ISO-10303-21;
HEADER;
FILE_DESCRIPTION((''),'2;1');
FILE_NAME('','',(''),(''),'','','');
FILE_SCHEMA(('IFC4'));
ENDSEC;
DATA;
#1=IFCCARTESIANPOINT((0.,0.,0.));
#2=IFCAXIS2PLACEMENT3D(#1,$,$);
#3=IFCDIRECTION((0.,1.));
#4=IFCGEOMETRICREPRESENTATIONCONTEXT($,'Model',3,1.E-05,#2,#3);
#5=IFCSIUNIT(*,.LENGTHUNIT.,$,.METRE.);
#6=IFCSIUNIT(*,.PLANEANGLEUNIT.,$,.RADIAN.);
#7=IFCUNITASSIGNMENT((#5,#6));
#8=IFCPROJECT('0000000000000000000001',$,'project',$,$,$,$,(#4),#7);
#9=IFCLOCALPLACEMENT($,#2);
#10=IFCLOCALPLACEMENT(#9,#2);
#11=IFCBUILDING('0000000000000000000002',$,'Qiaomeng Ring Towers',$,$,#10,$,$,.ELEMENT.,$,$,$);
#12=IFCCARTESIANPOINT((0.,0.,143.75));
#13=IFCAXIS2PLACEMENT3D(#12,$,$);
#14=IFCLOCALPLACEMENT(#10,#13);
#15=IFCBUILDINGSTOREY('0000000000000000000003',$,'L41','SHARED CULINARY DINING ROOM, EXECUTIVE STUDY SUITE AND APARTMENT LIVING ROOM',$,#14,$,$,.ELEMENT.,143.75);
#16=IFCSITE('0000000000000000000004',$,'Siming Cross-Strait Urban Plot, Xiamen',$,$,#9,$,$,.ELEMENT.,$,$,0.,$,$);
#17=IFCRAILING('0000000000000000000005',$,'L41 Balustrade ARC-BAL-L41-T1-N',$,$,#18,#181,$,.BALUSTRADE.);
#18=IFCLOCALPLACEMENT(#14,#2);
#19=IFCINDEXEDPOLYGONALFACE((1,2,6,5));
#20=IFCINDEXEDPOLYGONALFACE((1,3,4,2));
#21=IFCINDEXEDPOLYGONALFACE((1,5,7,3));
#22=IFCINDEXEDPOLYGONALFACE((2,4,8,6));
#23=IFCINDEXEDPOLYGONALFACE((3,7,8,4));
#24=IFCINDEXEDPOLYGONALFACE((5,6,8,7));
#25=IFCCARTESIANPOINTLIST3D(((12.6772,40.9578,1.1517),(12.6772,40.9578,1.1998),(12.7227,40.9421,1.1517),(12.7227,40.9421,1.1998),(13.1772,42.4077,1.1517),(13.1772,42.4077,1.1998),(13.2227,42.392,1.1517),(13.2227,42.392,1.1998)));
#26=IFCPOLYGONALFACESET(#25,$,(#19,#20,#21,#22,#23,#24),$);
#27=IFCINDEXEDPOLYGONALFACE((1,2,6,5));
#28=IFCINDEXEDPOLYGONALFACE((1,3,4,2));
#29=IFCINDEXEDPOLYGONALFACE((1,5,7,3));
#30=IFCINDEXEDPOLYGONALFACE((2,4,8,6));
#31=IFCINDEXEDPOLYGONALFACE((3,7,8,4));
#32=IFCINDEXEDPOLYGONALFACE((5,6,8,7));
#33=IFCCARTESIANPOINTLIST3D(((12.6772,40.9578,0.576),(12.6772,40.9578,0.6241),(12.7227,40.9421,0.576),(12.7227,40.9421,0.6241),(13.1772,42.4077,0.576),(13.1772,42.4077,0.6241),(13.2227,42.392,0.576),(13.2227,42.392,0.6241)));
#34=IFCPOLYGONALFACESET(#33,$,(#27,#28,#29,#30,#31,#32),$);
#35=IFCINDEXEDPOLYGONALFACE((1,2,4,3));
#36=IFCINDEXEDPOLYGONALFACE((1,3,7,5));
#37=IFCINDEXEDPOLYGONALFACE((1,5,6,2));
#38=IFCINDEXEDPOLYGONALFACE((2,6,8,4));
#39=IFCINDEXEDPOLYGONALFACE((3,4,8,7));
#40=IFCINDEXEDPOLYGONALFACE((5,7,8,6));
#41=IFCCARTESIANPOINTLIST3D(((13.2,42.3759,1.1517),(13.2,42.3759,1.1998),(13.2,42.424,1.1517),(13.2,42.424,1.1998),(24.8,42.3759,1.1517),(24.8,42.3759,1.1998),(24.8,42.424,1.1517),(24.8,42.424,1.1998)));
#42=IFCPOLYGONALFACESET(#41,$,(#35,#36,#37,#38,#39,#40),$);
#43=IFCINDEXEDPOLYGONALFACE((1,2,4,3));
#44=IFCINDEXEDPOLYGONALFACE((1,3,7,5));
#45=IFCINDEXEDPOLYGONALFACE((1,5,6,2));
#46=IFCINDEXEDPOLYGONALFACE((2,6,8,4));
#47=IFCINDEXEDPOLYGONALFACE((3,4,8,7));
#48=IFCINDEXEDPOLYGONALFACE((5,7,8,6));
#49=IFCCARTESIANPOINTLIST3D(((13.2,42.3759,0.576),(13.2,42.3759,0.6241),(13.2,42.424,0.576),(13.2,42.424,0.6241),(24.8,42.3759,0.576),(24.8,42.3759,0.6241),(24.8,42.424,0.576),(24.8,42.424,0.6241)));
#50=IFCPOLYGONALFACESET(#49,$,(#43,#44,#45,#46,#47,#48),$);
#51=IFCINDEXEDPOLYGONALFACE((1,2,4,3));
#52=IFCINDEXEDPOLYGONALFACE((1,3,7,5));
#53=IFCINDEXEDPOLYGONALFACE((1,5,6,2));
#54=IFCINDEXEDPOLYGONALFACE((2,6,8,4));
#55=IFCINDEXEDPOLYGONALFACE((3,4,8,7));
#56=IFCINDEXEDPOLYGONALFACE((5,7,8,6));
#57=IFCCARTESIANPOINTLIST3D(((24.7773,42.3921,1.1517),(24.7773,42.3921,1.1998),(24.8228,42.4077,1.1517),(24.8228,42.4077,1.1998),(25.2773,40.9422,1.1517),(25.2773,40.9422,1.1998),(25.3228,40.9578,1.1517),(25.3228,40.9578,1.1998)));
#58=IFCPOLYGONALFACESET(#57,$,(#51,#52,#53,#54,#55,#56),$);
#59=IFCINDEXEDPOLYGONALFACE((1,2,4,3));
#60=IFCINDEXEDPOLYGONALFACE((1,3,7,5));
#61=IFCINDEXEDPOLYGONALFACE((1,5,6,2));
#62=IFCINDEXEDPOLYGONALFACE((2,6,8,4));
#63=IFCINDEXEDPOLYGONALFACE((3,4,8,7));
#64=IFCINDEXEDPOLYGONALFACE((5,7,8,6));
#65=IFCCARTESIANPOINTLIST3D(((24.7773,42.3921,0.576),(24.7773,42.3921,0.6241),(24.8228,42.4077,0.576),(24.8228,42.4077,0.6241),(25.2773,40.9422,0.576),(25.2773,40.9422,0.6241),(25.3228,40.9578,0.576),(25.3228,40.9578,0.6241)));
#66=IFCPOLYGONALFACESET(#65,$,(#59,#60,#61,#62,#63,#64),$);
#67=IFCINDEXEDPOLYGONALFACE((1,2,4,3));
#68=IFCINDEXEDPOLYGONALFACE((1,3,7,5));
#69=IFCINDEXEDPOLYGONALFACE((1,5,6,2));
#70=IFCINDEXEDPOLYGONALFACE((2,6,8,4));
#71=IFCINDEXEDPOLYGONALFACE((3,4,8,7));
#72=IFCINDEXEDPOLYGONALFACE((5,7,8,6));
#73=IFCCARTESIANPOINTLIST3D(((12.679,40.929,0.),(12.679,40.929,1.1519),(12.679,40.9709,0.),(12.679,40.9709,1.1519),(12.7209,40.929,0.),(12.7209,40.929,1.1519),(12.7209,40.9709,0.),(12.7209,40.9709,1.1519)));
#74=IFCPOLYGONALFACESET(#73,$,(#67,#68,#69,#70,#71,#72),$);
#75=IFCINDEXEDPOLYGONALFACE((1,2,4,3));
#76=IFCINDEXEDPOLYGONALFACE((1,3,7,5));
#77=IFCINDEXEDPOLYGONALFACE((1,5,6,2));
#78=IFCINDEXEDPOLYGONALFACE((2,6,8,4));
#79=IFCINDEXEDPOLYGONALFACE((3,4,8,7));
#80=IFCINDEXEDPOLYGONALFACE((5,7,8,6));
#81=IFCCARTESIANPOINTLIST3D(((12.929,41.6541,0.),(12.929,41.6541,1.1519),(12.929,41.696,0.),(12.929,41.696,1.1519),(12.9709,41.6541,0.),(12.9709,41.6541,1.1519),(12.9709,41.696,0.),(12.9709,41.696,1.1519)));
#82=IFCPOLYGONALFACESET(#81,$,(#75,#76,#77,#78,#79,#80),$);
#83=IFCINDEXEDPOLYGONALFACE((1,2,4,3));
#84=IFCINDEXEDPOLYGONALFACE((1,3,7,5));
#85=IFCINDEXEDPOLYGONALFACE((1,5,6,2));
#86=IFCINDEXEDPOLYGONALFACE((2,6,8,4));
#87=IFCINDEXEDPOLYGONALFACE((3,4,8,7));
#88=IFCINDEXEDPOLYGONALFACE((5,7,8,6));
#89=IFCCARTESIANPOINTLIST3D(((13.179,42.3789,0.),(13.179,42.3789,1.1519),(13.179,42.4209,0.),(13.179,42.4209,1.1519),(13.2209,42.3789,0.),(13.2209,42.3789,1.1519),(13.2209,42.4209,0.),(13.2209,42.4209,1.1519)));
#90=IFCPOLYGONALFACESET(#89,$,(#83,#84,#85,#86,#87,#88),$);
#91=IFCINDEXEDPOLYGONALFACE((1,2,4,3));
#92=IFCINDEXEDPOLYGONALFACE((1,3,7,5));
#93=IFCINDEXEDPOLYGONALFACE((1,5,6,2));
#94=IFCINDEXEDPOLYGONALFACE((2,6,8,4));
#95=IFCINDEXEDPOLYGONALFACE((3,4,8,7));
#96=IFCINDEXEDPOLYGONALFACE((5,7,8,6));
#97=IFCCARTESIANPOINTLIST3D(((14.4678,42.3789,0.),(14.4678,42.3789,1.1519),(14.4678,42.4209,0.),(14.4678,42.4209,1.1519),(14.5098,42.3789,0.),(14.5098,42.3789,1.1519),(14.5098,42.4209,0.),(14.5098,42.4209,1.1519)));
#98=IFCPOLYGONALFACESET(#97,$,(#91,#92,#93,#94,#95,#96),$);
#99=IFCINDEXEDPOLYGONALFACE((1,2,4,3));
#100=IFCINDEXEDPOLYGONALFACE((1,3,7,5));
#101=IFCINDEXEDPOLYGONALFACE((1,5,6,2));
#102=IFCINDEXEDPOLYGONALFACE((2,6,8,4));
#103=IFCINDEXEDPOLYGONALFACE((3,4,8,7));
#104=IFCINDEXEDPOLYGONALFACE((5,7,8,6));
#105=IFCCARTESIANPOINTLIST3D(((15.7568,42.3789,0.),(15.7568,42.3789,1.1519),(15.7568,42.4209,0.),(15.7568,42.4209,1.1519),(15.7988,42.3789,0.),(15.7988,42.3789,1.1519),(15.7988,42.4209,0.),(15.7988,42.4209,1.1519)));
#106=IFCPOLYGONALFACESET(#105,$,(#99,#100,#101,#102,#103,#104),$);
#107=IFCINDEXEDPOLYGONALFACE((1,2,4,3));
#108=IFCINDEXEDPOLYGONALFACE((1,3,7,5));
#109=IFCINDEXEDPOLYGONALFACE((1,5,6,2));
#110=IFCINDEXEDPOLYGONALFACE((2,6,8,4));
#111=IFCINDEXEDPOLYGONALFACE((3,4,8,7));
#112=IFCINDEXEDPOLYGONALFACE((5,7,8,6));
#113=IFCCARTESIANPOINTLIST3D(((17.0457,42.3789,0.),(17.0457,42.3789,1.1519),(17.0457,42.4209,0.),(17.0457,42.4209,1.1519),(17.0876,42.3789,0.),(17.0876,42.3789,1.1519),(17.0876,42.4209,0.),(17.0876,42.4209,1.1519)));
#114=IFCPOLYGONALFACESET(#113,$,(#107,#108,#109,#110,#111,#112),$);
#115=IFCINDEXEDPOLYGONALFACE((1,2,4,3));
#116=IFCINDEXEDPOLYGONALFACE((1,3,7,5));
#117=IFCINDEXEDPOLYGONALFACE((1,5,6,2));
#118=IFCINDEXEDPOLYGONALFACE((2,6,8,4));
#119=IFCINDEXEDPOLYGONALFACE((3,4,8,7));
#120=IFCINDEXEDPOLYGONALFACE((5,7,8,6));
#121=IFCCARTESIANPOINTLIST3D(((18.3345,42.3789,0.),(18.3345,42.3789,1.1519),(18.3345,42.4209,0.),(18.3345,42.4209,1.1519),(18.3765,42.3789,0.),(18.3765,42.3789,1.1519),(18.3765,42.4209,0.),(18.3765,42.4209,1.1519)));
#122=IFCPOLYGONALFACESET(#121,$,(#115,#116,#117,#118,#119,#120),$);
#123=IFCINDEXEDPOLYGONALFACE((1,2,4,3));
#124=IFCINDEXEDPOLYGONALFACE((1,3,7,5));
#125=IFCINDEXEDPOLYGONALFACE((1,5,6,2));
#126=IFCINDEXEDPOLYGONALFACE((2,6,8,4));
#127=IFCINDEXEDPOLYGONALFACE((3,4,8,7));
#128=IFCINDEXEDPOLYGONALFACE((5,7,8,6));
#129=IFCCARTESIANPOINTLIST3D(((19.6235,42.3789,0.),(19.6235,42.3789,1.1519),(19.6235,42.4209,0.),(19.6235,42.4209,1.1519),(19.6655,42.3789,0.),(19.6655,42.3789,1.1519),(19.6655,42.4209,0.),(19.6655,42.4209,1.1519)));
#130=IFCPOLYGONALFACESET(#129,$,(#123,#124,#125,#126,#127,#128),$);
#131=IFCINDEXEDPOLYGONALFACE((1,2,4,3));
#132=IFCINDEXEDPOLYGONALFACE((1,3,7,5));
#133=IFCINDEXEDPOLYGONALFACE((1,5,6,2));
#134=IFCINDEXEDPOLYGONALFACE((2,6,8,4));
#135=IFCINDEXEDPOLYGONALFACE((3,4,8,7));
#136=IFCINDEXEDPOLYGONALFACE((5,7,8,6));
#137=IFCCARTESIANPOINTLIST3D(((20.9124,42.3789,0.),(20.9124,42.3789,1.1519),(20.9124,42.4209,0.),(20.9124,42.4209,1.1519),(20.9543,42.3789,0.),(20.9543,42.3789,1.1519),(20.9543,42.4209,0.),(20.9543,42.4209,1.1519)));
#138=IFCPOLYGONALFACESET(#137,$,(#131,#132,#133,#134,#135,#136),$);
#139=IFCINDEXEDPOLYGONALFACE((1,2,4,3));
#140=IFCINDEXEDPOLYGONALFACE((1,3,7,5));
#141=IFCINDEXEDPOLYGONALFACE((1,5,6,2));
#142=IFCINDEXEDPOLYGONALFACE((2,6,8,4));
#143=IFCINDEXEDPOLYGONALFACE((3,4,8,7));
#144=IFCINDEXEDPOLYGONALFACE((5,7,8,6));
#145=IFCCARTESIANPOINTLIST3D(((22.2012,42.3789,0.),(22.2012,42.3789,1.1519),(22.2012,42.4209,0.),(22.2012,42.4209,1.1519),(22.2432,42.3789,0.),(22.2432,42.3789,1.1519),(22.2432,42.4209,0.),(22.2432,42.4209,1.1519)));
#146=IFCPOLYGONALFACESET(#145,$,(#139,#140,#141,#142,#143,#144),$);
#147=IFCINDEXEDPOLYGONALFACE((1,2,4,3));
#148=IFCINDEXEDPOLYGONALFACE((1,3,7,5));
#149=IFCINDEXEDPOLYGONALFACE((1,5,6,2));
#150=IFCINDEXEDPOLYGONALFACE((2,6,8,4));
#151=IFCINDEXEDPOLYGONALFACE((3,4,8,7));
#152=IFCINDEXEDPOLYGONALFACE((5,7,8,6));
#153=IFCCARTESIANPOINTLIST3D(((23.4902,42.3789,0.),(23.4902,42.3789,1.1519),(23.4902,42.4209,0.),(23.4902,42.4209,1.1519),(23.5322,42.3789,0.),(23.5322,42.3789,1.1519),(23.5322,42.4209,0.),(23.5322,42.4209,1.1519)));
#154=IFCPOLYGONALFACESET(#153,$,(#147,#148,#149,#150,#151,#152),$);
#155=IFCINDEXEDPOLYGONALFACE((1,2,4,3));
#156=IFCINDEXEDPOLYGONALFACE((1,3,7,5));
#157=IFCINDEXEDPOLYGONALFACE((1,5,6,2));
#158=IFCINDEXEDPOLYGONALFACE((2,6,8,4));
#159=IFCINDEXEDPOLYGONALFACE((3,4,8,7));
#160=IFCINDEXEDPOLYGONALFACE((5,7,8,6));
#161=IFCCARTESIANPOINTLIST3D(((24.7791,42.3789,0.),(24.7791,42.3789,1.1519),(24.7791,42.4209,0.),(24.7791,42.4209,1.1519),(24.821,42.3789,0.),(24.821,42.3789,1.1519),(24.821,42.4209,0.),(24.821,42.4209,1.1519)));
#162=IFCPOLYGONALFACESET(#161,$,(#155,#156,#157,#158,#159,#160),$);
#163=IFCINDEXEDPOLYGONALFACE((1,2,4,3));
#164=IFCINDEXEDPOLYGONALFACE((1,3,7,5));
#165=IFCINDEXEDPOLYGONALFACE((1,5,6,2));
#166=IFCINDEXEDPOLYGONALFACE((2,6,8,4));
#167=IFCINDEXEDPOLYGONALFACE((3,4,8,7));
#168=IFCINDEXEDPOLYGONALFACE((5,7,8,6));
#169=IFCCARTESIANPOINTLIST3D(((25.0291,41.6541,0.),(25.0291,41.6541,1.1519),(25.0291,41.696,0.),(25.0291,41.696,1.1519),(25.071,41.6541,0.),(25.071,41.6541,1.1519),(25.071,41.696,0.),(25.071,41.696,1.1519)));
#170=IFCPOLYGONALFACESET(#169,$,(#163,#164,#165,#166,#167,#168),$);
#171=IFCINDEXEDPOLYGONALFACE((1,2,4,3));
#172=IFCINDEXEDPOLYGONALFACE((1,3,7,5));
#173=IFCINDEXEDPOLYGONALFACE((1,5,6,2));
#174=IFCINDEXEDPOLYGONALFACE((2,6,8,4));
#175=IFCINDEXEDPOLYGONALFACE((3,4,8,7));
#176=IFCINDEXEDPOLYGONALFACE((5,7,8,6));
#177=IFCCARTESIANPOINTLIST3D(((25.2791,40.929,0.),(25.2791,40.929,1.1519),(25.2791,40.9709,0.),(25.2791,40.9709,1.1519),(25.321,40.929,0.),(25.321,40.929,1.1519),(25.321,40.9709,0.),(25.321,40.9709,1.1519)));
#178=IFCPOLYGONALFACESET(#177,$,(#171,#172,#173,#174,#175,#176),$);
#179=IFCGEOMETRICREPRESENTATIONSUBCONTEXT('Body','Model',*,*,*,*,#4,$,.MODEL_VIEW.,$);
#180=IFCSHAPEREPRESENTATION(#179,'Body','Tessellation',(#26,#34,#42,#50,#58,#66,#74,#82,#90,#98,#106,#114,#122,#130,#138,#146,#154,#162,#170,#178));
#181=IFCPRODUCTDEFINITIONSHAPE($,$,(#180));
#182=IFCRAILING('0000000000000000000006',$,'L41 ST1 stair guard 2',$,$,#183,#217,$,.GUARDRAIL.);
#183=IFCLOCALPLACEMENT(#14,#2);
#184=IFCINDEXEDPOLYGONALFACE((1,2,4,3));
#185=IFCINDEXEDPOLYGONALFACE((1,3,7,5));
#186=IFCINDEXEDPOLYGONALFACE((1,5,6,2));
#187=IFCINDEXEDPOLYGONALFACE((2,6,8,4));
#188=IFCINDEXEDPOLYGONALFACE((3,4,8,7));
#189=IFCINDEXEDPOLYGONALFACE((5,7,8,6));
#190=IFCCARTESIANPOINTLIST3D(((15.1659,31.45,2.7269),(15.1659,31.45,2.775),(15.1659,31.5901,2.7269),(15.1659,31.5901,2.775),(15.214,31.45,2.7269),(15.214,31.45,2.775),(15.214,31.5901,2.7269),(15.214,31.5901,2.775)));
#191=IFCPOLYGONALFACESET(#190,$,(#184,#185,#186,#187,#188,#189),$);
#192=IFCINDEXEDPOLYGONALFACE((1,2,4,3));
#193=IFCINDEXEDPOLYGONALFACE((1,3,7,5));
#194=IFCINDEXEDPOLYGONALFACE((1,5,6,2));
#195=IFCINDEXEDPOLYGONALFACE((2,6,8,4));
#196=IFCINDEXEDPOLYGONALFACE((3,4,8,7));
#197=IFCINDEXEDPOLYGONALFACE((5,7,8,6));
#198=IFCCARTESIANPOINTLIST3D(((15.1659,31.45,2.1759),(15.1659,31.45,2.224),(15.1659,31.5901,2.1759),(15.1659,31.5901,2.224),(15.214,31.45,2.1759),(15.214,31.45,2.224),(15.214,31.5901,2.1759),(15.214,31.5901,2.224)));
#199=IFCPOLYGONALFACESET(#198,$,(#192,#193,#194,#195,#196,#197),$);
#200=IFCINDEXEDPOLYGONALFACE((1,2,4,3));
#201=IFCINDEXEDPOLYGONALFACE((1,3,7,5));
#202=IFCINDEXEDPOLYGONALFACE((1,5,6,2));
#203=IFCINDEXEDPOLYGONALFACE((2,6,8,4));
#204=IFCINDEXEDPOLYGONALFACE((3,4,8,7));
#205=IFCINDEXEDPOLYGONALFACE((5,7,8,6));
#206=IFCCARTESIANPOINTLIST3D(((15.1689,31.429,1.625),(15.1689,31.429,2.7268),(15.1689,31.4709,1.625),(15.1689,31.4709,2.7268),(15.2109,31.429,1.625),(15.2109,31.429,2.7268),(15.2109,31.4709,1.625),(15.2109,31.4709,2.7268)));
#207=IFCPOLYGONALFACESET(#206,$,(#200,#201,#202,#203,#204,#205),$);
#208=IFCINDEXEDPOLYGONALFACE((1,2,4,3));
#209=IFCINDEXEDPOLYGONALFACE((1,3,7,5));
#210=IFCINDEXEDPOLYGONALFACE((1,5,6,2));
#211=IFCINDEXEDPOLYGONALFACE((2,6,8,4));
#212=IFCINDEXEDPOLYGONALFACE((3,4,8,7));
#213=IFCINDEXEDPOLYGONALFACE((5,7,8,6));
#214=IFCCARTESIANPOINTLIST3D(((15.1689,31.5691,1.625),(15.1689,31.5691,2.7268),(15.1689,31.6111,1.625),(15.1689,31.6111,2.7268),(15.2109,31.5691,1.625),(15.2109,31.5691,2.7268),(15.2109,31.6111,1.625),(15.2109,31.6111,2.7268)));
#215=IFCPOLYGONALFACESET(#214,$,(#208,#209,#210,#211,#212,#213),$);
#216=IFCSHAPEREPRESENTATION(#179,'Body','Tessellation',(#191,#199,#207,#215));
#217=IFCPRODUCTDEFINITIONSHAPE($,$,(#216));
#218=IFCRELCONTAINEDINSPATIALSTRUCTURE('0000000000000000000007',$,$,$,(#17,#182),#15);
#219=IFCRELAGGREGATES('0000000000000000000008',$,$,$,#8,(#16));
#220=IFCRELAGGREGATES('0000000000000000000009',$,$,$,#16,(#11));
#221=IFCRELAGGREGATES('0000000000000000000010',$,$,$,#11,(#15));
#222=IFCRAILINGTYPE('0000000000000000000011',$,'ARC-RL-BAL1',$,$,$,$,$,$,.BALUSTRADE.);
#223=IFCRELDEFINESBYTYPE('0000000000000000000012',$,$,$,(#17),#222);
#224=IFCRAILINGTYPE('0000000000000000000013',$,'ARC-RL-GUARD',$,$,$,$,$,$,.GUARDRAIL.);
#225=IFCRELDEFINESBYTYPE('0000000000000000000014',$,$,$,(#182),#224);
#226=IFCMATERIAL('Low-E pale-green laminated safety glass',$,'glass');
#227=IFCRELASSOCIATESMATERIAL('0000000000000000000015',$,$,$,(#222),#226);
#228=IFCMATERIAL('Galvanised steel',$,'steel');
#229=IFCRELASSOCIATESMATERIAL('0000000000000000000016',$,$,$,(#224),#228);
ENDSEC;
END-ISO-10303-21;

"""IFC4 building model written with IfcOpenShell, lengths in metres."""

from ifc_helpers import new_model, si_unit, direction, frame, origin, origin_2d, place, context, subcontext, project, spatial, rectangle, extrude, material, type_object, element, save


model = new_model("IFC4")

# Units and contexts
model_context = context("Model", 3, precision=1e-05, world=origin(), true_north=direction((0.0, 1.0)))
body_context = subcontext(model_context, "Body", "Model", "MODEL_VIEW")
ifc_project = project(units=[si_unit("LENGTHUNIT", "METRE"), si_unit("PLANEANGLEUNIT", "RADIAN")], contexts=[model_context])

# Site, building, storey
site_placement = place(None, origin())
site = spatial("IfcSite", under=ifc_project, at=site_placement, Name="Siming Cross-Strait Urban Plot, Xiamen", CompositionType="ELEMENT", RefElevation=0.0)
building_placement = place(site_placement, origin())
building = spatial("IfcBuilding", under=site, at=building_placement, Name="Qiaomeng Ring Towers", CompositionType="ELEMENT")
storey_placement = place(building_placement, frame((0.0, 0.0, 143.75)))
storey = spatial("IfcBuildingStorey", under=building, at=storey_placement, Name="L41", Description="SHARED CULINARY DINING ROOM, EXECUTIVE STUDY SUITE AND APARTMENT LIVING ROOM", CompositionType="ELEMENT", Elevation=143.75)

# Shared definitions
ifc_material_1 = material(Name="Galvanised steel", Category="steel")

# Railings
ifc_material_2 = material(Name="Low-E pale-green laminated safety glass", Category="glass")
railing_type_1 = type_object("IfcRailingType", Name="ARC-RL-BAL1", PredefinedType="BALUSTRADE", material=ifc_material_2)
railing_1_placement = place(storey_placement, frame((12.7, 40.95, 0.0)))
element("IfcRailing", 1, at=railing_1_placement, inside=storey, type_object=railing_type_1, Name="L41 Balustrade ARC-BAL-L41-T1-N", PredefinedType="BALUSTRADE", context=body_context, shape_type="SweptSolid", body=[
    extrude(rectangle(XDim=0.0481, YDim=0.0481, at=origin_2d()), frame((0.0, 0.0, 1.1758), z_axis=(0.326, 0.94537, 0.0), x_axis=(-0.94537, 0.326, 0.0)), (0.0, 0.0, 1.0), 1.5337),
    extrude(rectangle(XDim=0.0481, YDim=0.0481, at=origin_2d()), frame((0.0, 0.0, 0.6001), z_axis=(0.326, 0.94537, 0.0), x_axis=(-0.94537, 0.326, 0.0)), (0.0, 0.0, 1.0), 1.5337),
    extrude(rectangle(XDim=0.0481, YDim=0.0481, at=origin_2d()), frame((0.5, 1.45, 1.1758), z_axis=(1.0, 0.0, 0.0), x_axis=(0.0, 1.0, 0.0)), (0.0, 0.0, 1.0), 11.6001),
    extrude(rectangle(XDim=0.0481, YDim=0.0481, at=origin_2d()), frame((0.5, 1.45, 0.6001), z_axis=(1.0, 0.0, 0.0), x_axis=(0.0, 1.0, 0.0)), (0.0, 0.0, 1.0), 11.6001),
    extrude(rectangle(XDim=0.0481, YDim=0.0481, at=origin_2d()), frame((12.1001, 1.45, 1.1758), z_axis=(0.326, -0.94537, 0.0), x_axis=(0.94537, 0.326, 0.0)), (0.0, 0.0, 1.0), 1.5337),
    extrude(rectangle(XDim=0.0481, YDim=0.0481, at=origin_2d()), frame((12.1001, 1.45, 0.6001), z_axis=(0.326, -0.94537, 0.0), x_axis=(0.94537, 0.326, 0.0)), (0.0, 0.0, 1.0), 1.5337),
    extrude(rectangle(XDim=0.042, YDim=0.042, at=origin_2d()), origin(), (0.0, 0.0, 1.0), 1.1519),
    extrude(rectangle(XDim=0.042, YDim=0.042, at=origin_2d()), frame((0.25, 0.7251, 0.0)), (0.0, 0.0, 1.0), 1.1519),
    extrude(rectangle(XDim=0.042, YDim=0.042, at=origin_2d()), frame((0.5, 1.45, 0.0)), (0.0, 0.0, 1.0), 1.1519),
    extrude(rectangle(XDim=0.042, YDim=0.042, at=origin_2d()), frame((1.7888, 1.45, 0.0)), (0.0, 0.0, 1.0), 1.1519),
    extrude(rectangle(XDim=0.042, YDim=0.042, at=origin_2d()), frame((3.0779, 1.45, 0.0)), (0.0, 0.0, 1.0), 1.1519),
    extrude(rectangle(XDim=0.042, YDim=0.042, at=origin_2d()), frame((4.3667, 1.45, 0.0)), (0.0, 0.0, 1.0), 1.1519),
    extrude(rectangle(XDim=0.042, YDim=0.042, at=origin_2d()), frame((5.6555, 1.45, 0.0)), (0.0, 0.0, 1.0), 1.1519),
    extrude(rectangle(XDim=0.042, YDim=0.042, at=origin_2d()), frame((6.9446, 1.45, 0.0)), (0.0, 0.0, 1.0), 1.1519),
    extrude(rectangle(XDim=0.042, YDim=0.042, at=origin_2d()), frame((8.2334, 1.45, 0.0)), (0.0, 0.0, 1.0), 1.1519),
    extrude(rectangle(XDim=0.042, YDim=0.042, at=origin_2d()), frame((9.5222, 1.45, 0.0)), (0.0, 0.0, 1.0), 1.1519),
    extrude(rectangle(XDim=0.042, YDim=0.042, at=origin_2d()), frame((10.8113, 1.45, 0.0)), (0.0, 0.0, 1.0), 1.1519),
    extrude(rectangle(XDim=0.042, YDim=0.042, at=origin_2d()), frame((12.1001, 1.45, 0.0)), (0.0, 0.0, 1.0), 1.1519),
    extrude(rectangle(XDim=0.042, YDim=0.042, at=origin_2d()), frame((12.3501, 0.7251, 0.0)), (0.0, 0.0, 1.0), 1.1519),
    extrude(rectangle(XDim=0.042, YDim=0.042, at=origin_2d()), frame((12.6001, 0.0, 0.0)), (0.0, 0.0, 1.0), 1.1519),
])
railing_type_2 = type_object("IfcRailingType", Name="ARC-RL-GUARD", PredefinedType="GUARDRAIL", material=ifc_material_1)
railing_2_placement = place(storey_placement, frame((15.1899, 31.45, 1.625)))
element("IfcRailing", 2, at=railing_2_placement, inside=storey, type_object=railing_type_2, Name="L41 ST1 stair guard 2", PredefinedType="GUARDRAIL", context=body_context, shape_type="SweptSolid", body=[
    extrude(rectangle(XDim=0.0481, YDim=0.0481, at=origin_2d()), frame((0.0, 0.0, 1.126), z_axis=(0.0, 1.0, 0.0), x_axis=(-1.0, 0.0, 0.0)), (0.0, 0.0, 1.0), 0.1401),
    extrude(rectangle(XDim=0.0481, YDim=0.0481, at=origin_2d()), frame((0.0, 0.0, 0.575), z_axis=(0.0, 1.0, 0.0), x_axis=(-1.0, 0.0, 0.0)), (0.0, 0.0, 1.0), 0.1401),
    extrude(rectangle(XDim=0.042, YDim=0.042, at=origin_2d()), origin(), (0.0, 0.0, 1.0), 1.1018),
    extrude(rectangle(XDim=0.042, YDim=0.042, at=origin_2d()), frame((0.0, 0.1401, 0.0)), (0.0, 0.0, 1.0), 1.1018),
])

save(model, "model.ifc")
